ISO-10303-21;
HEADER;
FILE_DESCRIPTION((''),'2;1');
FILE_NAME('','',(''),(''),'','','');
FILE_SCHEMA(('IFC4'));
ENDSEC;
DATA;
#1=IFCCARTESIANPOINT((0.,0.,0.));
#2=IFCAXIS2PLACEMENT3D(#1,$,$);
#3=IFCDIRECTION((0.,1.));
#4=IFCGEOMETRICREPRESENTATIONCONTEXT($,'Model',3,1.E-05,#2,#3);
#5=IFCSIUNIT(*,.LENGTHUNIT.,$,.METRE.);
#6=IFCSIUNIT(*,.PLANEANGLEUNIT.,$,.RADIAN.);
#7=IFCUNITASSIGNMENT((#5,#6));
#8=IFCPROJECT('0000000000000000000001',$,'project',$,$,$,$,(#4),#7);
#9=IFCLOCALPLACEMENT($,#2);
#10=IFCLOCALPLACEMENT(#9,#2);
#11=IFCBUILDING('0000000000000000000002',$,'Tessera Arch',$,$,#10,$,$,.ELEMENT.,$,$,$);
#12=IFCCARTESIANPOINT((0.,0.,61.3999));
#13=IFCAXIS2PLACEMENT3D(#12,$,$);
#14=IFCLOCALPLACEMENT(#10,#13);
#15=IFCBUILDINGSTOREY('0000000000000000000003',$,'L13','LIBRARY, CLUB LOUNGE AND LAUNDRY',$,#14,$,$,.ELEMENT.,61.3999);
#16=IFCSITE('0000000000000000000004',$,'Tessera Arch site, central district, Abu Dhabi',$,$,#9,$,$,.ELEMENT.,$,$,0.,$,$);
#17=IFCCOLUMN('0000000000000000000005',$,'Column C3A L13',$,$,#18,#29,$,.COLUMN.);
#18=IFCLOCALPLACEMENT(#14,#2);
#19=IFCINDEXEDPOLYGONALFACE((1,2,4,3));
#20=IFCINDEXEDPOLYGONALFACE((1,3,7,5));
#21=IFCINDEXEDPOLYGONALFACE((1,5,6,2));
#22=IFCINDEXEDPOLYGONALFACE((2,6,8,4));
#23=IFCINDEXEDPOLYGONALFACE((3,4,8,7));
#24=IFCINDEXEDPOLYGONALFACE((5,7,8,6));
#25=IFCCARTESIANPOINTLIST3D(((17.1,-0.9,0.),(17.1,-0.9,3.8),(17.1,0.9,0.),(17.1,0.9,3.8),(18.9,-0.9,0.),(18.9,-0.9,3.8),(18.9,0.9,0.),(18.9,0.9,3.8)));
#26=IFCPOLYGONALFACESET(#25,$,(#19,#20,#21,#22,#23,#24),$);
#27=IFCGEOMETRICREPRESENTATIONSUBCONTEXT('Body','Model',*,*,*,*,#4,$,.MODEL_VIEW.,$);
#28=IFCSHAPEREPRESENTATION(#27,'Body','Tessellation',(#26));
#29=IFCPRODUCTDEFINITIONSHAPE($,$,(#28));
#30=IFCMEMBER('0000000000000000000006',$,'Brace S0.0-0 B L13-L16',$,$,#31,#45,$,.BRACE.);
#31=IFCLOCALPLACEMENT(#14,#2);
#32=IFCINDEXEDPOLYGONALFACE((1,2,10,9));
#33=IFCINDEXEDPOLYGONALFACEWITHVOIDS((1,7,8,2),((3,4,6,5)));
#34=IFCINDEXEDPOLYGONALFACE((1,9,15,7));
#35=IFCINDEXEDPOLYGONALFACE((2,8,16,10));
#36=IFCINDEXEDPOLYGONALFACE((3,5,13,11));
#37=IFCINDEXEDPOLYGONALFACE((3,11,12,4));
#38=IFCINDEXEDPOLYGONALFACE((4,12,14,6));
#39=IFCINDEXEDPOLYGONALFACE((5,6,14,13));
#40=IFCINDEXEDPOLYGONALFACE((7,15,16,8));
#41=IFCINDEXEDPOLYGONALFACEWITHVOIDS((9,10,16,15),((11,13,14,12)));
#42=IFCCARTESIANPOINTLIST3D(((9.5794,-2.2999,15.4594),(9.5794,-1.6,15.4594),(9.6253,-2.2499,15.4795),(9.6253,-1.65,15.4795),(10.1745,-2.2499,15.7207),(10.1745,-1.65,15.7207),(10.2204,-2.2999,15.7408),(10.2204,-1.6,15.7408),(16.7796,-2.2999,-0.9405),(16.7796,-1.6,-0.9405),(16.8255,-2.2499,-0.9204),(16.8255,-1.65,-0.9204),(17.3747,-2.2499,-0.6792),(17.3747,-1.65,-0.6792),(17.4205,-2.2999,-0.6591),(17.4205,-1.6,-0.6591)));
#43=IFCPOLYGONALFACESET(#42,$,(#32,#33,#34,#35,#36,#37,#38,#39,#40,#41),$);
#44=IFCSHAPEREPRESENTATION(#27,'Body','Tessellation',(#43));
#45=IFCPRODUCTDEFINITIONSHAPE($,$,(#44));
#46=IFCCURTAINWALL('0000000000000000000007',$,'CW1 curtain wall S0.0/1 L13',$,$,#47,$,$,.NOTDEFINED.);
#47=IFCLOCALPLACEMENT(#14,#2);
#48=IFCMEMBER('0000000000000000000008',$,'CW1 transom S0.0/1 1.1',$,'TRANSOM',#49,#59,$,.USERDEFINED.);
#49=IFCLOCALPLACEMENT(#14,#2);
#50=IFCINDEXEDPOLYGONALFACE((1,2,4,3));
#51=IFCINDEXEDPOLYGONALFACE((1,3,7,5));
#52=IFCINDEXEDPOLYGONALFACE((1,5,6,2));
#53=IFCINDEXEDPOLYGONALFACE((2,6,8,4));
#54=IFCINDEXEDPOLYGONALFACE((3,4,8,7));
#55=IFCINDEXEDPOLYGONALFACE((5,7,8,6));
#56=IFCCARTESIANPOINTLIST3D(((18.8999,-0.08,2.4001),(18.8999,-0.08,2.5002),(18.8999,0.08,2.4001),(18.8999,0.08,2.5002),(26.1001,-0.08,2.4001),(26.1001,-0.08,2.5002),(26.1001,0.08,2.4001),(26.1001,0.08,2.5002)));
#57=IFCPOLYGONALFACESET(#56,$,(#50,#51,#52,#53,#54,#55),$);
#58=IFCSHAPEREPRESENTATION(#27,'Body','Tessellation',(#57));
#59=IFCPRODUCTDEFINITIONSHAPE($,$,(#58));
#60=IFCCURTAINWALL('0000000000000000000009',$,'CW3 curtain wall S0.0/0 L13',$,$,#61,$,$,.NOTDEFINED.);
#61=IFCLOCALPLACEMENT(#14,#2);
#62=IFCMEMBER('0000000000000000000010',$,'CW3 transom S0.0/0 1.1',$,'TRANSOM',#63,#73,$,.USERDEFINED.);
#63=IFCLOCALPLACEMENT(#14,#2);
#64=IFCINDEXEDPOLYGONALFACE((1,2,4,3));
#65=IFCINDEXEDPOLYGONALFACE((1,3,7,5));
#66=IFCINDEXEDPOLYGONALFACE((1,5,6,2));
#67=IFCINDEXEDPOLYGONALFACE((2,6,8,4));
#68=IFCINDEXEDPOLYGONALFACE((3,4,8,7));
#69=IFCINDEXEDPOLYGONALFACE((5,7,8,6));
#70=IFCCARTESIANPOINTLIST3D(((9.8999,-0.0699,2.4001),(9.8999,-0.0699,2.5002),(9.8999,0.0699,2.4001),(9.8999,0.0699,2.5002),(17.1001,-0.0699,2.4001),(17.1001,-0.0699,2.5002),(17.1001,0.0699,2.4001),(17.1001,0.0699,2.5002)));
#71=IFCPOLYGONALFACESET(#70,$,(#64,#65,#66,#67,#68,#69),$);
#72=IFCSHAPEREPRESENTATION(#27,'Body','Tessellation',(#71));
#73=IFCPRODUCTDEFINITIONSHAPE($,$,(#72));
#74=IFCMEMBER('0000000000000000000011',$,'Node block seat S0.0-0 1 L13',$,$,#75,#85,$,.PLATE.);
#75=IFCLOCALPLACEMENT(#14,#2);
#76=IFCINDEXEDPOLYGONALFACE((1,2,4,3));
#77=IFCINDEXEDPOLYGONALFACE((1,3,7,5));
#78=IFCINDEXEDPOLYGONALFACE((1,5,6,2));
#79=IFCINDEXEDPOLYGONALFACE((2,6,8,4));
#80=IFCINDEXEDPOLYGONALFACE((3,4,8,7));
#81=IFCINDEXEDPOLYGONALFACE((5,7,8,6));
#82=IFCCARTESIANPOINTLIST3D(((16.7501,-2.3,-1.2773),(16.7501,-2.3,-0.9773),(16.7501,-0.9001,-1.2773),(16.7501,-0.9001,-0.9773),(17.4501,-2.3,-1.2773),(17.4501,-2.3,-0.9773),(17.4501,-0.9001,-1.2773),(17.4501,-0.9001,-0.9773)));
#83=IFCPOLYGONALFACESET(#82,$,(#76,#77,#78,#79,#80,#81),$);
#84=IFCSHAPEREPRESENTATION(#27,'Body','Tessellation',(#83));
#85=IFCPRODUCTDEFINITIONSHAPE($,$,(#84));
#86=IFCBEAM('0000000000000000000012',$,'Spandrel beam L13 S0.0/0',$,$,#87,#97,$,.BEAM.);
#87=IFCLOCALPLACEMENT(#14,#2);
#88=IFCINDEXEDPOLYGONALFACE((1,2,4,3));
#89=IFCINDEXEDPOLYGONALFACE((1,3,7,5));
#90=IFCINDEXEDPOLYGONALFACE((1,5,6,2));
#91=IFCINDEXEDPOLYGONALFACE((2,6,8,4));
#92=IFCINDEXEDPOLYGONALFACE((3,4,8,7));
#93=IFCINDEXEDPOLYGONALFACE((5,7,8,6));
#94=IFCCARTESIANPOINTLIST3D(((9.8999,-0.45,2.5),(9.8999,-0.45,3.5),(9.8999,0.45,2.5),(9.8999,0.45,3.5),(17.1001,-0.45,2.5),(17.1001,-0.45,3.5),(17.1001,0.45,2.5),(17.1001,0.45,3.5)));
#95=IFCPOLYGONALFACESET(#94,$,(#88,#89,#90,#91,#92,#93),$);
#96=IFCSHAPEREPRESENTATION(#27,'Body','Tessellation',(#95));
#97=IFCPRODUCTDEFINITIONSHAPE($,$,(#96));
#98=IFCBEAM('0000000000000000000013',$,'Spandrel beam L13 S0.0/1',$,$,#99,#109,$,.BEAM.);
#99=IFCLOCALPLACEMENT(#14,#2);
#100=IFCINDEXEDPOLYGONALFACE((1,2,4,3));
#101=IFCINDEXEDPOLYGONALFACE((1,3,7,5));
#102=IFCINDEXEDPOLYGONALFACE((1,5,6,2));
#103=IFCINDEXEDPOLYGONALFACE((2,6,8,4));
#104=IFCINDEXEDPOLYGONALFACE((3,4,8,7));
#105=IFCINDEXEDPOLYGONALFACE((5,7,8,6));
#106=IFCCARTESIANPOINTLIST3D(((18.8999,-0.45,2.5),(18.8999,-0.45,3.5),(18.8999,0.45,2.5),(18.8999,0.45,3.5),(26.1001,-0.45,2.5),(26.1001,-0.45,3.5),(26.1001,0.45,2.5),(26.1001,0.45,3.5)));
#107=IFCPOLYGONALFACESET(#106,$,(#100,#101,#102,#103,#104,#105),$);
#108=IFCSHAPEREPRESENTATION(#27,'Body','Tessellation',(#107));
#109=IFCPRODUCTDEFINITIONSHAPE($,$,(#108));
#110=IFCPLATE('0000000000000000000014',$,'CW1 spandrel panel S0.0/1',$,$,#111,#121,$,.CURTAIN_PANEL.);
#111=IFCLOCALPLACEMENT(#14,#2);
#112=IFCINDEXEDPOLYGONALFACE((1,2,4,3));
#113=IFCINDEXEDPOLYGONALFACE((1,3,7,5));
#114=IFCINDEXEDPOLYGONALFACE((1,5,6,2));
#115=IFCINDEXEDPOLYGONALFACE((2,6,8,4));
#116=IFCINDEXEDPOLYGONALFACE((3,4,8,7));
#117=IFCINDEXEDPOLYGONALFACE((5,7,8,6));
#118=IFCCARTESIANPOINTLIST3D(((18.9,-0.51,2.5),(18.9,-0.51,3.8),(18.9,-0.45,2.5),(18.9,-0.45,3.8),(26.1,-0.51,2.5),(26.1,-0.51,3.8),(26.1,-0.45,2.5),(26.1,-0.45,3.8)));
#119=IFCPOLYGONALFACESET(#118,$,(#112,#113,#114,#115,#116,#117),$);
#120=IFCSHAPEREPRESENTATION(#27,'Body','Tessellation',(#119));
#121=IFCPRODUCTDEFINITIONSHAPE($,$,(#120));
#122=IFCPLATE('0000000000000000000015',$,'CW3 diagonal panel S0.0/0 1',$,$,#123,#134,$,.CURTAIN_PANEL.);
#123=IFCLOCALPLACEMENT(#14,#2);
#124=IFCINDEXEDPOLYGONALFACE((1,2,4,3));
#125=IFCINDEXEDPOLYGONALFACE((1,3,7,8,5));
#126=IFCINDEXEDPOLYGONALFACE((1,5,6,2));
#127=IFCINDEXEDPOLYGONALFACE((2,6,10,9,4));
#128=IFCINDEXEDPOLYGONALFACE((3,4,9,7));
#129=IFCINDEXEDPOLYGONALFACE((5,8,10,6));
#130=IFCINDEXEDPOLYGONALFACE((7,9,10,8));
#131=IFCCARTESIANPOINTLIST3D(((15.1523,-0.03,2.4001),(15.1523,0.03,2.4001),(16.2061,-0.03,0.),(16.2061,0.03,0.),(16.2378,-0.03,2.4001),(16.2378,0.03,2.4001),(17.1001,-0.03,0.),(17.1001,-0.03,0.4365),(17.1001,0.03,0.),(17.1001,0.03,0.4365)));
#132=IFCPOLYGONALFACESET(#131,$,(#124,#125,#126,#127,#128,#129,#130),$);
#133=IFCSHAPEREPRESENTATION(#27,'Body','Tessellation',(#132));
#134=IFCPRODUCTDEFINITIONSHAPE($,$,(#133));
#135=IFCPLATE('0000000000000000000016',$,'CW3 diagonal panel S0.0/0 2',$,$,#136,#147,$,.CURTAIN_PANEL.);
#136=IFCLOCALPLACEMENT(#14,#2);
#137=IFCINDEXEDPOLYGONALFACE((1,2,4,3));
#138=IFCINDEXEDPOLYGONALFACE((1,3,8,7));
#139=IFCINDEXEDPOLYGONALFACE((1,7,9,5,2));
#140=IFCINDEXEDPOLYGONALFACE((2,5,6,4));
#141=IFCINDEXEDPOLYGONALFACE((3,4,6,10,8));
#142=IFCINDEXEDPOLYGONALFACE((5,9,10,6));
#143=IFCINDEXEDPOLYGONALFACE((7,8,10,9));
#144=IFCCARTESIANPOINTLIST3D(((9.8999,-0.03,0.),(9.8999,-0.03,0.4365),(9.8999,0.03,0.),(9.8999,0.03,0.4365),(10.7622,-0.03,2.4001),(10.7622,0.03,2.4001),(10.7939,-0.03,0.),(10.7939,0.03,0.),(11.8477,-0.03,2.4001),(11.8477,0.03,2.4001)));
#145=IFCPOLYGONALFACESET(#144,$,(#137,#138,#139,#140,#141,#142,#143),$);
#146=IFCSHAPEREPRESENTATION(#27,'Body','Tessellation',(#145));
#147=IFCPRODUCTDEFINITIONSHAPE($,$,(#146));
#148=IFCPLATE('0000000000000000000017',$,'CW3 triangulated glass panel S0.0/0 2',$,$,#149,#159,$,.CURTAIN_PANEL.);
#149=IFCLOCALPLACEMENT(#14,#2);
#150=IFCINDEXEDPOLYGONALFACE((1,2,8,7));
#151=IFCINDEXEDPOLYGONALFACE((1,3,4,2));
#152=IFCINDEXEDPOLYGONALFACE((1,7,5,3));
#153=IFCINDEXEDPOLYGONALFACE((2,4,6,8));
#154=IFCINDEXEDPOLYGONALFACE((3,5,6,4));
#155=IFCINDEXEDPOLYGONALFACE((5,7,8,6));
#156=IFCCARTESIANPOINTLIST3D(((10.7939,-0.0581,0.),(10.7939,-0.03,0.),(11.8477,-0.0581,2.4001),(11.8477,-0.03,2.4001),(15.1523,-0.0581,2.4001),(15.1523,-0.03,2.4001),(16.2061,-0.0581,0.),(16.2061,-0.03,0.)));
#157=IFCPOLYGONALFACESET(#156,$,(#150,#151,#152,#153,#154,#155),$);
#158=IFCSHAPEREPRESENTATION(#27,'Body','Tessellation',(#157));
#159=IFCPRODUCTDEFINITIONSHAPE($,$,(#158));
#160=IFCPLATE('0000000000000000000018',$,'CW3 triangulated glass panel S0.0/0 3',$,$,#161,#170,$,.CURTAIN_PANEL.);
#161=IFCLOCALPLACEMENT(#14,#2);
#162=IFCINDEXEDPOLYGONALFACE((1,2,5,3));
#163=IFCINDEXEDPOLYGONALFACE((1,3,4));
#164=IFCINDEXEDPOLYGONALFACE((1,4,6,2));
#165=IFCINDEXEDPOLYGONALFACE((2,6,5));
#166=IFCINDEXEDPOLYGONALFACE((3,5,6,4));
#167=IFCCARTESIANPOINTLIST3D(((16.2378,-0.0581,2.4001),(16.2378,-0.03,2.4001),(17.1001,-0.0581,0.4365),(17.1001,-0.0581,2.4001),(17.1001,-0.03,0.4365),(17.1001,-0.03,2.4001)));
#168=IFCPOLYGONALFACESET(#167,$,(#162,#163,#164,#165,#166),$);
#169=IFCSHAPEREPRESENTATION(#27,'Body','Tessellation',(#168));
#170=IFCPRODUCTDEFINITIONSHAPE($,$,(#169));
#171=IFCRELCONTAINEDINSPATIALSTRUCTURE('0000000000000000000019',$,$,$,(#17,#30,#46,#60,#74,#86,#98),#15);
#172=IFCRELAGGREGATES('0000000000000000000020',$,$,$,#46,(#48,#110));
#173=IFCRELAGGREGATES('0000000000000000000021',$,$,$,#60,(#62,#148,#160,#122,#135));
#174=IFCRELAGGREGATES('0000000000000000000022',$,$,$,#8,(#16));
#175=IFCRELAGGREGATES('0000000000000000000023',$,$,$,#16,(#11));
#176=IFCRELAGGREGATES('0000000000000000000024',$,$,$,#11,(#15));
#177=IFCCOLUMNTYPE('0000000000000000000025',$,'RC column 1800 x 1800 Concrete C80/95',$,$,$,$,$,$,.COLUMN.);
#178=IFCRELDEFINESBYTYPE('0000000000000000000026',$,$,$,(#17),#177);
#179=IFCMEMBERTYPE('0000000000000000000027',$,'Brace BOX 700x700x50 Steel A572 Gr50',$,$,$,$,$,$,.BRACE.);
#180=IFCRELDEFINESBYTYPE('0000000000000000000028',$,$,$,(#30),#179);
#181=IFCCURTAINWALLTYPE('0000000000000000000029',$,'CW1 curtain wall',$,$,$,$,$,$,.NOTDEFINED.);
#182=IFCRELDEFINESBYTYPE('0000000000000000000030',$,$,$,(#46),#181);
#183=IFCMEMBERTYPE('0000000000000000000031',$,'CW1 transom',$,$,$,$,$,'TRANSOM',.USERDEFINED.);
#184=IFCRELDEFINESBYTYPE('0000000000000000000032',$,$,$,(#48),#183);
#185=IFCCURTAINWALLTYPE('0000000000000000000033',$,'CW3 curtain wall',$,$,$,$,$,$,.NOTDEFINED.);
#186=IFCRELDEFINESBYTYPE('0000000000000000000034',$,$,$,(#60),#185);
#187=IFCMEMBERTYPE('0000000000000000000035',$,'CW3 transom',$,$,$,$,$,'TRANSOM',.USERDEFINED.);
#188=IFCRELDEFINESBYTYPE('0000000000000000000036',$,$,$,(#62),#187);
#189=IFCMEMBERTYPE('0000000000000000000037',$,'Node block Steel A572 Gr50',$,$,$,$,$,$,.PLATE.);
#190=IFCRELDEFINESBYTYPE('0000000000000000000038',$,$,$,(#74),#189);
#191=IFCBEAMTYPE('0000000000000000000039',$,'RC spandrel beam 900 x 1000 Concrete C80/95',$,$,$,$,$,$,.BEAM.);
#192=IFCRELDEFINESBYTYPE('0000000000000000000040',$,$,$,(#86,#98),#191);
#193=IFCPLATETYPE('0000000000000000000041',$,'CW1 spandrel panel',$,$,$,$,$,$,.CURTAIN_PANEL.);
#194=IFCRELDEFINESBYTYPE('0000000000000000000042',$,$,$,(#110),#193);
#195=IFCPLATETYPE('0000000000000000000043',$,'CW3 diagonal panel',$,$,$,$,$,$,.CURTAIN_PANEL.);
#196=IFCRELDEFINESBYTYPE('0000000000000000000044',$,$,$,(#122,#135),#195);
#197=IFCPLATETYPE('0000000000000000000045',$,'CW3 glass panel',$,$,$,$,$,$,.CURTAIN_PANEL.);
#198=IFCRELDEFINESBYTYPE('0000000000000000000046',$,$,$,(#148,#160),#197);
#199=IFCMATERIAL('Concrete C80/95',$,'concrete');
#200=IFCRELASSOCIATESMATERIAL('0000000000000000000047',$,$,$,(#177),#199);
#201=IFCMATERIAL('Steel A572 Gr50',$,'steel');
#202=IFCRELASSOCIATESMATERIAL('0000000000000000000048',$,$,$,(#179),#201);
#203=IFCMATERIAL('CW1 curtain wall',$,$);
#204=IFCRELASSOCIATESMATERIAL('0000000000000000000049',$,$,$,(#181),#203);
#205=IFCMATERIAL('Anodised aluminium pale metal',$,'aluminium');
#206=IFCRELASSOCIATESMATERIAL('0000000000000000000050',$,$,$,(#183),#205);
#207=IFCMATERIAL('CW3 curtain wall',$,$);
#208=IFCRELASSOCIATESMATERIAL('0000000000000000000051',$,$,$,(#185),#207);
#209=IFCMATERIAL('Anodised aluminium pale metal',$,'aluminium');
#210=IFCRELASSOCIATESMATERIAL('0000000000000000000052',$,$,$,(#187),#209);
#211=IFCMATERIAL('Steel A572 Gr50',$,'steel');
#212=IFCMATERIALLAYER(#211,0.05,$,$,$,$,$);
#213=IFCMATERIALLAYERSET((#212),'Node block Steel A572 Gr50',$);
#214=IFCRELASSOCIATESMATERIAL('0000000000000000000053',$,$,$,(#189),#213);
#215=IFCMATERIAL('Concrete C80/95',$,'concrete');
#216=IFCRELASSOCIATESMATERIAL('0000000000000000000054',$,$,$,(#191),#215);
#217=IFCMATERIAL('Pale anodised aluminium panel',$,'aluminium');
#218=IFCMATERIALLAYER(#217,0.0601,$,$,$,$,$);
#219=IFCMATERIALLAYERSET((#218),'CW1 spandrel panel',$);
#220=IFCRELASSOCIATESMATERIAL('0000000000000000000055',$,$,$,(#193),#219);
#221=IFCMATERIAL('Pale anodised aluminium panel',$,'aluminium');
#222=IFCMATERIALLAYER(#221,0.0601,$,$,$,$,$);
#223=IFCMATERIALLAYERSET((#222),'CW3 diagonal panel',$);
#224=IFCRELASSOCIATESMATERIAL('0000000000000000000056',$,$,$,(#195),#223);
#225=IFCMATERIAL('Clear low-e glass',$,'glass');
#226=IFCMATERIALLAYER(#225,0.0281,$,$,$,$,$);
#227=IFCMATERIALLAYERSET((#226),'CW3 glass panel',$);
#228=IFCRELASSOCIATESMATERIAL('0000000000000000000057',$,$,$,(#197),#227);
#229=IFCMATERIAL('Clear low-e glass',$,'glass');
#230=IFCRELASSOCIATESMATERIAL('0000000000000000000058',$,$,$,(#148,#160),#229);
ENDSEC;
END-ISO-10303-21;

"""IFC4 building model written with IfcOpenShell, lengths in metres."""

from ifc_helpers import new_model, si_unit, direction, frame, origin, origin_2d, place, context, subcontext, project, spatial, polyline, rectangle, hollow_rectangle, outline, extrude, material, layer, layer_set, material_profile, profile_set, type_object, element, aggregate, save


model = new_model("IFC4")

# Units and contexts
model_context = context("Model", 3, precision=1e-05, world=origin(), true_north=direction((0.0, 1.0)))
body_context = subcontext(model_context, "Body", "Model", "MODEL_VIEW")
ifc_project = project(units=[si_unit("LENGTHUNIT", "METRE"), si_unit("PLANEANGLEUNIT", "RADIAN")], contexts=[model_context])

# Site, building, storey
site_placement = place(None, origin())
site = spatial("IfcSite", under=ifc_project, at=site_placement, Name="Tessera Arch site, central district, Abu Dhabi", CompositionType="ELEMENT", RefElevation=0.0)
building_placement = place(site_placement, origin())
building = spatial("IfcBuilding", under=site, at=building_placement, Name="Tessera Arch", CompositionType="ELEMENT")
storey_placement = place(building_placement, frame((0.0, 0.0, 61.3999)))
storey = spatial("IfcBuildingStorey", under=building, at=storey_placement, Name="L13", Description="LIBRARY, CLUB LOUNGE AND LAUNDRY", CompositionType="ELEMENT", Elevation=61.3999)

# Column
ifc_material_1 = material(Name="Concrete C80/95", Category="concrete")
ifc_material_profile_1 = material_profile(ifc_material_1, rectangle(XDim=1.8, YDim=1.8, at=origin_2d()), Name="RC column 1800 x 1800 Concrete C80/95")
ifc_profile_set_1 = profile_set([ifc_material_profile_1], Name="Concrete C80/95")
column_type = type_object("IfcColumnType", Name="RC column 1800 x 1800 Concrete C80/95", PredefinedType="COLUMN", material=ifc_profile_set_1)
column_placement = place(storey_placement, frame((18.0, 0.0, 0.0), z_axis=(0.0, 0.0, 1.0), x_axis=(1.0, 0.0, 0.0)))
element("IfcColumn", 1, at=column_placement, inside=storey, type_object=column_type, Name="Column C3A L13", PredefinedType="COLUMN", context=body_context, shape_type="SweptSolid", body=[
    extrude(rectangle(XDim=1.8, YDim=1.8, at=origin_2d()), origin(), (0.0, 0.0, 1.0), 3.8),
])

# Member
ifc_material_2 = material(Name="Steel A572 Gr50", Category="steel")
ifc_material_profile_2 = material_profile(ifc_material_2, hollow_rectangle(XDim=0.7, YDim=0.7, WallThickness=0.05, at=origin_2d()), Name="BOX 700x700x50")
ifc_profile_set_2 = profile_set([ifc_material_profile_2], Name="Steel A572 Gr50")
member_type_1 = type_object("IfcMemberType", Name="Brace BOX 700x700x50 Steel A572 Gr50", PredefinedType="BRACE", material=ifc_profile_set_2)
member_1_placement = place(storey_placement, frame((17.1001, -1.95, -0.7998), z_axis=(-0.402001, 0.0, 0.915639), x_axis=(0.0, -1.0, 0.0)))
element("IfcMember", 2, at=member_1_placement, inside=storey, type_object=member_type_1, Name="Brace S0.0-0 B L13-L16", PredefinedType="BRACE", context=body_context, shape_type="SweptSolid", body=[
    extrude(hollow_rectangle(XDim=0.7, YDim=0.7, WallThickness=0.05, at=origin_2d()), origin(), (0.0, 0.0, 1.0), 17.9109),
])

# Curtain walls, members
ifc_material_3 = material(Name="CW1 curtain wall")
curtain_wall_type_1 = type_object("IfcCurtainWallType", Name="CW1 curtain wall", PredefinedType="NOTDEFINED", material=ifc_material_3)
curtain_wall_1_placement = place(storey_placement, origin())
curtain_wall_1 = element("IfcCurtainWall", 3, at=curtain_wall_1_placement, inside=storey, type_object=curtain_wall_type_1, Name="CW1 curtain wall S0.0/1 L13", PredefinedType="NOTDEFINED")
ifc_material_4 = material(Name="Anodised aluminium pale metal", Category="aluminium")
ifc_material_profile_3 = material_profile(ifc_material_4, rectangle(XDim=0.1599, YDim=0.1001, at=origin_2d()), Name="AL 160x100")
ifc_profile_set_3 = profile_set([ifc_material_profile_3], Name="Anodised aluminium pale metal")
member_type_2 = type_object("IfcMemberType", Name="CW1 transom", ElementType="TRANSOM", PredefinedType="USERDEFINED", material=ifc_profile_set_3)
member_2_placement = place(storey_placement, frame((18.8999, 0.0, 2.4502), z_axis=(1.0, 0.0, 0.0), x_axis=(0.0, 1.0, 0.0)))
member_2 = element("IfcMember", 4, at=member_2_placement, type_object=member_type_2, Name="CW1 transom S0.0/1 1.1", ObjectType="TRANSOM", PredefinedType="USERDEFINED", context=body_context, shape_type="SweptSolid", body=[
    extrude(rectangle(XDim=0.1599, YDim=0.1001, at=origin_2d()), origin(), (0.0, 0.0, 1.0), 7.2002),
])
ifc_material_5 = material(Name="CW3 curtain wall")
curtain_wall_type_2 = type_object("IfcCurtainWallType", Name="CW3 curtain wall", PredefinedType="NOTDEFINED", material=ifc_material_5)
curtain_wall_2_placement = place(storey_placement, origin())
curtain_wall_2 = element("IfcCurtainWall", 5, at=curtain_wall_2_placement, inside=storey, type_object=curtain_wall_type_2, Name="CW3 curtain wall S0.0/0 L13", PredefinedType="NOTDEFINED")
ifc_material_6 = material(Name="Anodised aluminium pale metal", Category="aluminium")
ifc_material_profile_4 = material_profile(ifc_material_6, rectangle(XDim=0.1399, YDim=0.1001, at=origin_2d()), Name="AL 140x100")
ifc_profile_set_4 = profile_set([ifc_material_profile_4], Name="Anodised aluminium pale metal")
member_type_3 = type_object("IfcMemberType", Name="CW3 transom", ElementType="TRANSOM", PredefinedType="USERDEFINED", material=ifc_profile_set_4)
member_3_placement = place(storey_placement, frame((9.8999, 0.0, 2.4502), z_axis=(1.0, 0.0, 0.0), x_axis=(0.0, 1.0, 0.0)))
member_3 = element("IfcMember", 6, at=member_3_placement, type_object=member_type_3, Name="CW3 transom S0.0/0 1.1", ObjectType="TRANSOM", PredefinedType="USERDEFINED", context=body_context, shape_type="SweptSolid", body=[
    extrude(rectangle(XDim=0.1399, YDim=0.1001, at=origin_2d()), origin(), (0.0, 0.0, 1.0), 7.2002),
])

# Member
ifc_material_7 = material(Name="Steel A572 Gr50", Category="steel")
ifc_layer_1 = layer(ifc_material_7, 0.05)
ifc_layer_set_1 = layer_set([ifc_layer_1], Name="Node block Steel A572 Gr50")
member_type_4 = type_object("IfcMemberType", Name="Node block Steel A572 Gr50", PredefinedType="PLATE", material=ifc_layer_set_1)
member_4_placement = place(storey_placement, frame((17.1001, -1.6001, -1.2773), z_axis=(0.0, 0.0, 1.0), x_axis=(1.0, 0.0, 0.0)))
element("IfcMember", 7, at=member_4_placement, inside=storey, type_object=member_type_4, Name="Node block seat S0.0-0 1 L13", PredefinedType="PLATE", context=body_context, shape_type="SweptSolid", body=[
    extrude(rectangle(XDim=0.7, YDim=1.3999, at=origin_2d()), origin(), (0.0, 0.0, 1.0), 0.3),
])

# Beams
ifc_material_8 = material(Name="Concrete C80/95", Category="concrete")
ifc_material_profile_5 = material_profile(ifc_material_8, rectangle(XDim=0.8999, YDim=1.0, at=origin_2d()), Name="RC spandrel beam 900 x 1000 Concrete C80/95")
ifc_profile_set_5 = profile_set([ifc_material_profile_5], Name="Concrete C80/95")
beam_type = type_object("IfcBeamType", Name="RC spandrel beam 900 x 1000 Concrete C80/95", PredefinedType="BEAM", material=ifc_profile_set_5)
for number, where, z_axis, x_axis, name in (
    (8, (9.8999, 0.0, 3.0), (1.0, 0.0, 0.0), (0.0, 1.0, 0.0), "Spandrel beam L13 S0.0/0"),
    (9, (18.8999, 0.0, 3.0), (1.0, 0.0, 0.0), (0.0, 1.0, 0.0), "Spandrel beam L13 S0.0/1"),
):
    element("IfcBeam", number, at=place(storey_placement, frame(where, z_axis=z_axis, x_axis=x_axis)), inside=storey, type_object=beam_type, Name=name, PredefinedType="BEAM", context=body_context, shape_type="SweptSolid", body=[
        extrude(rectangle(XDim=0.8999, YDim=1.0, at=origin_2d()), origin(), (0.0, 0.0, 1.0), 7.2002),
    ])

# Plates
ifc_material_9 = material(Name="Pale anodised aluminium panel", Category="aluminium")
ifc_layer_2 = layer(ifc_material_9, 0.0601)
ifc_layer_set_2 = layer_set([ifc_layer_2], Name="CW1 spandrel panel")
plate_type_1 = type_object("IfcPlateType", Name="CW1 spandrel panel", PredefinedType="CURTAIN_PANEL", material=ifc_layer_set_2)
plate_1_placement = place(storey_placement, frame((22.5, -0.48, 2.5), z_axis=(0.0, 0.0, 1.0), x_axis=(1.0, 0.0, 0.0)))
plate_1 = element("IfcPlate", 10, at=plate_1_placement, type_object=plate_type_1, Name="CW1 spandrel panel S0.0/1", PredefinedType="CURTAIN_PANEL", context=body_context, shape_type="SweptSolid", body=[
    extrude(rectangle(XDim=7.2, YDim=0.0601, at=origin_2d()), origin(), (0.0, 0.0, 1.0), 1.3),
])
aggregate(curtain_wall_1, [member_2, plate_1])
ifc_material_10 = material(Name="Pale anodised aluminium panel", Category="aluminium")
ifc_layer_3 = layer(ifc_material_10, 0.0601)
ifc_layer_set_3 = layer_set([ifc_layer_3], Name="CW3 diagonal panel")
plate_type_2 = type_object("IfcPlateType", Name="CW3 diagonal panel", PredefinedType="CURTAIN_PANEL", material=ifc_layer_set_3)
plate_2_placement = place(storey_placement, frame((17.1001, -0.03, 0.0), z_axis=(0.0, -1.0, 0.0), x_axis=(0.0, 0.0, 1.0)))
plate_2 = element("IfcPlate", 11, at=plate_2_placement, type_object=plate_type_2, Name="CW3 diagonal panel S0.0/0 1", PredefinedType="CURTAIN_PANEL", context=body_context, shape_type="SweptSolid", body=[
    extrude(outline(polyline([(0.0, 0.0), (0.4365, 0.0), (2.4001, 0.8623), (2.4001, 1.9478), (0.0, 0.894), (0.0, 0.0)])), origin(), (0.0, 0.0, -1.0), 0.0601),
])
plate_3_placement = place(storey_placement, frame((11.8477, -0.03, 2.4001), z_axis=(0.0, -1.0, 0.0), x_axis=(-1.0, 0.0, 0.0)))
plate_3 = element("IfcPlate", 12, at=plate_3_placement, type_object=plate_type_2, Name="CW3 diagonal panel S0.0/0 2", PredefinedType="CURTAIN_PANEL", context=body_context, shape_type="SweptSolid", body=[
    extrude(outline(polyline([(0.0, 0.0), (1.0854, 0.0), (1.9478, 1.9636), (1.9478, 2.4001), (1.0537, 2.4001), (0.0, 0.0)])), origin(), (0.0, 0.0, -1.0), 0.0601),
])
ifc_material_11 = material(Name="Clear low-e glass", Category="glass")
ifc_material_12 = material(Name="Clear low-e glass", Category="glass")
ifc_layer_4 = layer(ifc_material_12, 0.0281)
ifc_layer_set_4 = layer_set([ifc_layer_4], Name="CW3 glass panel")
plate_type_3 = type_object("IfcPlateType", Name="CW3 glass panel", PredefinedType="CURTAIN_PANEL", material=ifc_layer_set_4)
plate_4_placement = place(storey_placement, frame((15.1523, -0.0581, 2.4001), z_axis=(0.0, -1.0, 0.0), x_axis=(-1.0, 0.0, 0.0)))
plate_4 = element("IfcPlate", 13, at=plate_4_placement, type_object=plate_type_3, material=ifc_material_11, Name="CW3 triangulated glass panel S0.0/0 2", PredefinedType="CURTAIN_PANEL", context=body_context, shape_type="SweptSolid", body=[
    extrude(outline(polyline([(0.0, 0.0), (3.3047, 0.0), (4.3584, 2.4001), (-1.0537, 2.4001), (0.0, 0.0)])), origin(), (0.0, 0.0, -1.0), 0.0281),
])
plate_5_placement = place(storey_placement, frame((17.1001, -0.0581, 2.4001), z_axis=(0.0, -1.0, 0.0), x_axis=(-1.0, 0.0, 0.0)))
plate_5 = element("IfcPlate", 14, at=plate_5_placement, type_object=plate_type_3, material=ifc_material_11, Name="CW3 triangulated glass panel S0.0/0 3", PredefinedType="CURTAIN_PANEL", context=body_context, shape_type="SweptSolid", body=[
    extrude(outline(polyline([(0.0, 0.0), (0.8623, 0.0), (0.0, 1.9636), (0.0, 0.0)])), origin(), (0.0, 0.0, -1.0), 0.0281),
])
aggregate(curtain_wall_2, [member_3, plate_4, plate_5, plate_2, plate_3])

save(model, "model.ifc")
